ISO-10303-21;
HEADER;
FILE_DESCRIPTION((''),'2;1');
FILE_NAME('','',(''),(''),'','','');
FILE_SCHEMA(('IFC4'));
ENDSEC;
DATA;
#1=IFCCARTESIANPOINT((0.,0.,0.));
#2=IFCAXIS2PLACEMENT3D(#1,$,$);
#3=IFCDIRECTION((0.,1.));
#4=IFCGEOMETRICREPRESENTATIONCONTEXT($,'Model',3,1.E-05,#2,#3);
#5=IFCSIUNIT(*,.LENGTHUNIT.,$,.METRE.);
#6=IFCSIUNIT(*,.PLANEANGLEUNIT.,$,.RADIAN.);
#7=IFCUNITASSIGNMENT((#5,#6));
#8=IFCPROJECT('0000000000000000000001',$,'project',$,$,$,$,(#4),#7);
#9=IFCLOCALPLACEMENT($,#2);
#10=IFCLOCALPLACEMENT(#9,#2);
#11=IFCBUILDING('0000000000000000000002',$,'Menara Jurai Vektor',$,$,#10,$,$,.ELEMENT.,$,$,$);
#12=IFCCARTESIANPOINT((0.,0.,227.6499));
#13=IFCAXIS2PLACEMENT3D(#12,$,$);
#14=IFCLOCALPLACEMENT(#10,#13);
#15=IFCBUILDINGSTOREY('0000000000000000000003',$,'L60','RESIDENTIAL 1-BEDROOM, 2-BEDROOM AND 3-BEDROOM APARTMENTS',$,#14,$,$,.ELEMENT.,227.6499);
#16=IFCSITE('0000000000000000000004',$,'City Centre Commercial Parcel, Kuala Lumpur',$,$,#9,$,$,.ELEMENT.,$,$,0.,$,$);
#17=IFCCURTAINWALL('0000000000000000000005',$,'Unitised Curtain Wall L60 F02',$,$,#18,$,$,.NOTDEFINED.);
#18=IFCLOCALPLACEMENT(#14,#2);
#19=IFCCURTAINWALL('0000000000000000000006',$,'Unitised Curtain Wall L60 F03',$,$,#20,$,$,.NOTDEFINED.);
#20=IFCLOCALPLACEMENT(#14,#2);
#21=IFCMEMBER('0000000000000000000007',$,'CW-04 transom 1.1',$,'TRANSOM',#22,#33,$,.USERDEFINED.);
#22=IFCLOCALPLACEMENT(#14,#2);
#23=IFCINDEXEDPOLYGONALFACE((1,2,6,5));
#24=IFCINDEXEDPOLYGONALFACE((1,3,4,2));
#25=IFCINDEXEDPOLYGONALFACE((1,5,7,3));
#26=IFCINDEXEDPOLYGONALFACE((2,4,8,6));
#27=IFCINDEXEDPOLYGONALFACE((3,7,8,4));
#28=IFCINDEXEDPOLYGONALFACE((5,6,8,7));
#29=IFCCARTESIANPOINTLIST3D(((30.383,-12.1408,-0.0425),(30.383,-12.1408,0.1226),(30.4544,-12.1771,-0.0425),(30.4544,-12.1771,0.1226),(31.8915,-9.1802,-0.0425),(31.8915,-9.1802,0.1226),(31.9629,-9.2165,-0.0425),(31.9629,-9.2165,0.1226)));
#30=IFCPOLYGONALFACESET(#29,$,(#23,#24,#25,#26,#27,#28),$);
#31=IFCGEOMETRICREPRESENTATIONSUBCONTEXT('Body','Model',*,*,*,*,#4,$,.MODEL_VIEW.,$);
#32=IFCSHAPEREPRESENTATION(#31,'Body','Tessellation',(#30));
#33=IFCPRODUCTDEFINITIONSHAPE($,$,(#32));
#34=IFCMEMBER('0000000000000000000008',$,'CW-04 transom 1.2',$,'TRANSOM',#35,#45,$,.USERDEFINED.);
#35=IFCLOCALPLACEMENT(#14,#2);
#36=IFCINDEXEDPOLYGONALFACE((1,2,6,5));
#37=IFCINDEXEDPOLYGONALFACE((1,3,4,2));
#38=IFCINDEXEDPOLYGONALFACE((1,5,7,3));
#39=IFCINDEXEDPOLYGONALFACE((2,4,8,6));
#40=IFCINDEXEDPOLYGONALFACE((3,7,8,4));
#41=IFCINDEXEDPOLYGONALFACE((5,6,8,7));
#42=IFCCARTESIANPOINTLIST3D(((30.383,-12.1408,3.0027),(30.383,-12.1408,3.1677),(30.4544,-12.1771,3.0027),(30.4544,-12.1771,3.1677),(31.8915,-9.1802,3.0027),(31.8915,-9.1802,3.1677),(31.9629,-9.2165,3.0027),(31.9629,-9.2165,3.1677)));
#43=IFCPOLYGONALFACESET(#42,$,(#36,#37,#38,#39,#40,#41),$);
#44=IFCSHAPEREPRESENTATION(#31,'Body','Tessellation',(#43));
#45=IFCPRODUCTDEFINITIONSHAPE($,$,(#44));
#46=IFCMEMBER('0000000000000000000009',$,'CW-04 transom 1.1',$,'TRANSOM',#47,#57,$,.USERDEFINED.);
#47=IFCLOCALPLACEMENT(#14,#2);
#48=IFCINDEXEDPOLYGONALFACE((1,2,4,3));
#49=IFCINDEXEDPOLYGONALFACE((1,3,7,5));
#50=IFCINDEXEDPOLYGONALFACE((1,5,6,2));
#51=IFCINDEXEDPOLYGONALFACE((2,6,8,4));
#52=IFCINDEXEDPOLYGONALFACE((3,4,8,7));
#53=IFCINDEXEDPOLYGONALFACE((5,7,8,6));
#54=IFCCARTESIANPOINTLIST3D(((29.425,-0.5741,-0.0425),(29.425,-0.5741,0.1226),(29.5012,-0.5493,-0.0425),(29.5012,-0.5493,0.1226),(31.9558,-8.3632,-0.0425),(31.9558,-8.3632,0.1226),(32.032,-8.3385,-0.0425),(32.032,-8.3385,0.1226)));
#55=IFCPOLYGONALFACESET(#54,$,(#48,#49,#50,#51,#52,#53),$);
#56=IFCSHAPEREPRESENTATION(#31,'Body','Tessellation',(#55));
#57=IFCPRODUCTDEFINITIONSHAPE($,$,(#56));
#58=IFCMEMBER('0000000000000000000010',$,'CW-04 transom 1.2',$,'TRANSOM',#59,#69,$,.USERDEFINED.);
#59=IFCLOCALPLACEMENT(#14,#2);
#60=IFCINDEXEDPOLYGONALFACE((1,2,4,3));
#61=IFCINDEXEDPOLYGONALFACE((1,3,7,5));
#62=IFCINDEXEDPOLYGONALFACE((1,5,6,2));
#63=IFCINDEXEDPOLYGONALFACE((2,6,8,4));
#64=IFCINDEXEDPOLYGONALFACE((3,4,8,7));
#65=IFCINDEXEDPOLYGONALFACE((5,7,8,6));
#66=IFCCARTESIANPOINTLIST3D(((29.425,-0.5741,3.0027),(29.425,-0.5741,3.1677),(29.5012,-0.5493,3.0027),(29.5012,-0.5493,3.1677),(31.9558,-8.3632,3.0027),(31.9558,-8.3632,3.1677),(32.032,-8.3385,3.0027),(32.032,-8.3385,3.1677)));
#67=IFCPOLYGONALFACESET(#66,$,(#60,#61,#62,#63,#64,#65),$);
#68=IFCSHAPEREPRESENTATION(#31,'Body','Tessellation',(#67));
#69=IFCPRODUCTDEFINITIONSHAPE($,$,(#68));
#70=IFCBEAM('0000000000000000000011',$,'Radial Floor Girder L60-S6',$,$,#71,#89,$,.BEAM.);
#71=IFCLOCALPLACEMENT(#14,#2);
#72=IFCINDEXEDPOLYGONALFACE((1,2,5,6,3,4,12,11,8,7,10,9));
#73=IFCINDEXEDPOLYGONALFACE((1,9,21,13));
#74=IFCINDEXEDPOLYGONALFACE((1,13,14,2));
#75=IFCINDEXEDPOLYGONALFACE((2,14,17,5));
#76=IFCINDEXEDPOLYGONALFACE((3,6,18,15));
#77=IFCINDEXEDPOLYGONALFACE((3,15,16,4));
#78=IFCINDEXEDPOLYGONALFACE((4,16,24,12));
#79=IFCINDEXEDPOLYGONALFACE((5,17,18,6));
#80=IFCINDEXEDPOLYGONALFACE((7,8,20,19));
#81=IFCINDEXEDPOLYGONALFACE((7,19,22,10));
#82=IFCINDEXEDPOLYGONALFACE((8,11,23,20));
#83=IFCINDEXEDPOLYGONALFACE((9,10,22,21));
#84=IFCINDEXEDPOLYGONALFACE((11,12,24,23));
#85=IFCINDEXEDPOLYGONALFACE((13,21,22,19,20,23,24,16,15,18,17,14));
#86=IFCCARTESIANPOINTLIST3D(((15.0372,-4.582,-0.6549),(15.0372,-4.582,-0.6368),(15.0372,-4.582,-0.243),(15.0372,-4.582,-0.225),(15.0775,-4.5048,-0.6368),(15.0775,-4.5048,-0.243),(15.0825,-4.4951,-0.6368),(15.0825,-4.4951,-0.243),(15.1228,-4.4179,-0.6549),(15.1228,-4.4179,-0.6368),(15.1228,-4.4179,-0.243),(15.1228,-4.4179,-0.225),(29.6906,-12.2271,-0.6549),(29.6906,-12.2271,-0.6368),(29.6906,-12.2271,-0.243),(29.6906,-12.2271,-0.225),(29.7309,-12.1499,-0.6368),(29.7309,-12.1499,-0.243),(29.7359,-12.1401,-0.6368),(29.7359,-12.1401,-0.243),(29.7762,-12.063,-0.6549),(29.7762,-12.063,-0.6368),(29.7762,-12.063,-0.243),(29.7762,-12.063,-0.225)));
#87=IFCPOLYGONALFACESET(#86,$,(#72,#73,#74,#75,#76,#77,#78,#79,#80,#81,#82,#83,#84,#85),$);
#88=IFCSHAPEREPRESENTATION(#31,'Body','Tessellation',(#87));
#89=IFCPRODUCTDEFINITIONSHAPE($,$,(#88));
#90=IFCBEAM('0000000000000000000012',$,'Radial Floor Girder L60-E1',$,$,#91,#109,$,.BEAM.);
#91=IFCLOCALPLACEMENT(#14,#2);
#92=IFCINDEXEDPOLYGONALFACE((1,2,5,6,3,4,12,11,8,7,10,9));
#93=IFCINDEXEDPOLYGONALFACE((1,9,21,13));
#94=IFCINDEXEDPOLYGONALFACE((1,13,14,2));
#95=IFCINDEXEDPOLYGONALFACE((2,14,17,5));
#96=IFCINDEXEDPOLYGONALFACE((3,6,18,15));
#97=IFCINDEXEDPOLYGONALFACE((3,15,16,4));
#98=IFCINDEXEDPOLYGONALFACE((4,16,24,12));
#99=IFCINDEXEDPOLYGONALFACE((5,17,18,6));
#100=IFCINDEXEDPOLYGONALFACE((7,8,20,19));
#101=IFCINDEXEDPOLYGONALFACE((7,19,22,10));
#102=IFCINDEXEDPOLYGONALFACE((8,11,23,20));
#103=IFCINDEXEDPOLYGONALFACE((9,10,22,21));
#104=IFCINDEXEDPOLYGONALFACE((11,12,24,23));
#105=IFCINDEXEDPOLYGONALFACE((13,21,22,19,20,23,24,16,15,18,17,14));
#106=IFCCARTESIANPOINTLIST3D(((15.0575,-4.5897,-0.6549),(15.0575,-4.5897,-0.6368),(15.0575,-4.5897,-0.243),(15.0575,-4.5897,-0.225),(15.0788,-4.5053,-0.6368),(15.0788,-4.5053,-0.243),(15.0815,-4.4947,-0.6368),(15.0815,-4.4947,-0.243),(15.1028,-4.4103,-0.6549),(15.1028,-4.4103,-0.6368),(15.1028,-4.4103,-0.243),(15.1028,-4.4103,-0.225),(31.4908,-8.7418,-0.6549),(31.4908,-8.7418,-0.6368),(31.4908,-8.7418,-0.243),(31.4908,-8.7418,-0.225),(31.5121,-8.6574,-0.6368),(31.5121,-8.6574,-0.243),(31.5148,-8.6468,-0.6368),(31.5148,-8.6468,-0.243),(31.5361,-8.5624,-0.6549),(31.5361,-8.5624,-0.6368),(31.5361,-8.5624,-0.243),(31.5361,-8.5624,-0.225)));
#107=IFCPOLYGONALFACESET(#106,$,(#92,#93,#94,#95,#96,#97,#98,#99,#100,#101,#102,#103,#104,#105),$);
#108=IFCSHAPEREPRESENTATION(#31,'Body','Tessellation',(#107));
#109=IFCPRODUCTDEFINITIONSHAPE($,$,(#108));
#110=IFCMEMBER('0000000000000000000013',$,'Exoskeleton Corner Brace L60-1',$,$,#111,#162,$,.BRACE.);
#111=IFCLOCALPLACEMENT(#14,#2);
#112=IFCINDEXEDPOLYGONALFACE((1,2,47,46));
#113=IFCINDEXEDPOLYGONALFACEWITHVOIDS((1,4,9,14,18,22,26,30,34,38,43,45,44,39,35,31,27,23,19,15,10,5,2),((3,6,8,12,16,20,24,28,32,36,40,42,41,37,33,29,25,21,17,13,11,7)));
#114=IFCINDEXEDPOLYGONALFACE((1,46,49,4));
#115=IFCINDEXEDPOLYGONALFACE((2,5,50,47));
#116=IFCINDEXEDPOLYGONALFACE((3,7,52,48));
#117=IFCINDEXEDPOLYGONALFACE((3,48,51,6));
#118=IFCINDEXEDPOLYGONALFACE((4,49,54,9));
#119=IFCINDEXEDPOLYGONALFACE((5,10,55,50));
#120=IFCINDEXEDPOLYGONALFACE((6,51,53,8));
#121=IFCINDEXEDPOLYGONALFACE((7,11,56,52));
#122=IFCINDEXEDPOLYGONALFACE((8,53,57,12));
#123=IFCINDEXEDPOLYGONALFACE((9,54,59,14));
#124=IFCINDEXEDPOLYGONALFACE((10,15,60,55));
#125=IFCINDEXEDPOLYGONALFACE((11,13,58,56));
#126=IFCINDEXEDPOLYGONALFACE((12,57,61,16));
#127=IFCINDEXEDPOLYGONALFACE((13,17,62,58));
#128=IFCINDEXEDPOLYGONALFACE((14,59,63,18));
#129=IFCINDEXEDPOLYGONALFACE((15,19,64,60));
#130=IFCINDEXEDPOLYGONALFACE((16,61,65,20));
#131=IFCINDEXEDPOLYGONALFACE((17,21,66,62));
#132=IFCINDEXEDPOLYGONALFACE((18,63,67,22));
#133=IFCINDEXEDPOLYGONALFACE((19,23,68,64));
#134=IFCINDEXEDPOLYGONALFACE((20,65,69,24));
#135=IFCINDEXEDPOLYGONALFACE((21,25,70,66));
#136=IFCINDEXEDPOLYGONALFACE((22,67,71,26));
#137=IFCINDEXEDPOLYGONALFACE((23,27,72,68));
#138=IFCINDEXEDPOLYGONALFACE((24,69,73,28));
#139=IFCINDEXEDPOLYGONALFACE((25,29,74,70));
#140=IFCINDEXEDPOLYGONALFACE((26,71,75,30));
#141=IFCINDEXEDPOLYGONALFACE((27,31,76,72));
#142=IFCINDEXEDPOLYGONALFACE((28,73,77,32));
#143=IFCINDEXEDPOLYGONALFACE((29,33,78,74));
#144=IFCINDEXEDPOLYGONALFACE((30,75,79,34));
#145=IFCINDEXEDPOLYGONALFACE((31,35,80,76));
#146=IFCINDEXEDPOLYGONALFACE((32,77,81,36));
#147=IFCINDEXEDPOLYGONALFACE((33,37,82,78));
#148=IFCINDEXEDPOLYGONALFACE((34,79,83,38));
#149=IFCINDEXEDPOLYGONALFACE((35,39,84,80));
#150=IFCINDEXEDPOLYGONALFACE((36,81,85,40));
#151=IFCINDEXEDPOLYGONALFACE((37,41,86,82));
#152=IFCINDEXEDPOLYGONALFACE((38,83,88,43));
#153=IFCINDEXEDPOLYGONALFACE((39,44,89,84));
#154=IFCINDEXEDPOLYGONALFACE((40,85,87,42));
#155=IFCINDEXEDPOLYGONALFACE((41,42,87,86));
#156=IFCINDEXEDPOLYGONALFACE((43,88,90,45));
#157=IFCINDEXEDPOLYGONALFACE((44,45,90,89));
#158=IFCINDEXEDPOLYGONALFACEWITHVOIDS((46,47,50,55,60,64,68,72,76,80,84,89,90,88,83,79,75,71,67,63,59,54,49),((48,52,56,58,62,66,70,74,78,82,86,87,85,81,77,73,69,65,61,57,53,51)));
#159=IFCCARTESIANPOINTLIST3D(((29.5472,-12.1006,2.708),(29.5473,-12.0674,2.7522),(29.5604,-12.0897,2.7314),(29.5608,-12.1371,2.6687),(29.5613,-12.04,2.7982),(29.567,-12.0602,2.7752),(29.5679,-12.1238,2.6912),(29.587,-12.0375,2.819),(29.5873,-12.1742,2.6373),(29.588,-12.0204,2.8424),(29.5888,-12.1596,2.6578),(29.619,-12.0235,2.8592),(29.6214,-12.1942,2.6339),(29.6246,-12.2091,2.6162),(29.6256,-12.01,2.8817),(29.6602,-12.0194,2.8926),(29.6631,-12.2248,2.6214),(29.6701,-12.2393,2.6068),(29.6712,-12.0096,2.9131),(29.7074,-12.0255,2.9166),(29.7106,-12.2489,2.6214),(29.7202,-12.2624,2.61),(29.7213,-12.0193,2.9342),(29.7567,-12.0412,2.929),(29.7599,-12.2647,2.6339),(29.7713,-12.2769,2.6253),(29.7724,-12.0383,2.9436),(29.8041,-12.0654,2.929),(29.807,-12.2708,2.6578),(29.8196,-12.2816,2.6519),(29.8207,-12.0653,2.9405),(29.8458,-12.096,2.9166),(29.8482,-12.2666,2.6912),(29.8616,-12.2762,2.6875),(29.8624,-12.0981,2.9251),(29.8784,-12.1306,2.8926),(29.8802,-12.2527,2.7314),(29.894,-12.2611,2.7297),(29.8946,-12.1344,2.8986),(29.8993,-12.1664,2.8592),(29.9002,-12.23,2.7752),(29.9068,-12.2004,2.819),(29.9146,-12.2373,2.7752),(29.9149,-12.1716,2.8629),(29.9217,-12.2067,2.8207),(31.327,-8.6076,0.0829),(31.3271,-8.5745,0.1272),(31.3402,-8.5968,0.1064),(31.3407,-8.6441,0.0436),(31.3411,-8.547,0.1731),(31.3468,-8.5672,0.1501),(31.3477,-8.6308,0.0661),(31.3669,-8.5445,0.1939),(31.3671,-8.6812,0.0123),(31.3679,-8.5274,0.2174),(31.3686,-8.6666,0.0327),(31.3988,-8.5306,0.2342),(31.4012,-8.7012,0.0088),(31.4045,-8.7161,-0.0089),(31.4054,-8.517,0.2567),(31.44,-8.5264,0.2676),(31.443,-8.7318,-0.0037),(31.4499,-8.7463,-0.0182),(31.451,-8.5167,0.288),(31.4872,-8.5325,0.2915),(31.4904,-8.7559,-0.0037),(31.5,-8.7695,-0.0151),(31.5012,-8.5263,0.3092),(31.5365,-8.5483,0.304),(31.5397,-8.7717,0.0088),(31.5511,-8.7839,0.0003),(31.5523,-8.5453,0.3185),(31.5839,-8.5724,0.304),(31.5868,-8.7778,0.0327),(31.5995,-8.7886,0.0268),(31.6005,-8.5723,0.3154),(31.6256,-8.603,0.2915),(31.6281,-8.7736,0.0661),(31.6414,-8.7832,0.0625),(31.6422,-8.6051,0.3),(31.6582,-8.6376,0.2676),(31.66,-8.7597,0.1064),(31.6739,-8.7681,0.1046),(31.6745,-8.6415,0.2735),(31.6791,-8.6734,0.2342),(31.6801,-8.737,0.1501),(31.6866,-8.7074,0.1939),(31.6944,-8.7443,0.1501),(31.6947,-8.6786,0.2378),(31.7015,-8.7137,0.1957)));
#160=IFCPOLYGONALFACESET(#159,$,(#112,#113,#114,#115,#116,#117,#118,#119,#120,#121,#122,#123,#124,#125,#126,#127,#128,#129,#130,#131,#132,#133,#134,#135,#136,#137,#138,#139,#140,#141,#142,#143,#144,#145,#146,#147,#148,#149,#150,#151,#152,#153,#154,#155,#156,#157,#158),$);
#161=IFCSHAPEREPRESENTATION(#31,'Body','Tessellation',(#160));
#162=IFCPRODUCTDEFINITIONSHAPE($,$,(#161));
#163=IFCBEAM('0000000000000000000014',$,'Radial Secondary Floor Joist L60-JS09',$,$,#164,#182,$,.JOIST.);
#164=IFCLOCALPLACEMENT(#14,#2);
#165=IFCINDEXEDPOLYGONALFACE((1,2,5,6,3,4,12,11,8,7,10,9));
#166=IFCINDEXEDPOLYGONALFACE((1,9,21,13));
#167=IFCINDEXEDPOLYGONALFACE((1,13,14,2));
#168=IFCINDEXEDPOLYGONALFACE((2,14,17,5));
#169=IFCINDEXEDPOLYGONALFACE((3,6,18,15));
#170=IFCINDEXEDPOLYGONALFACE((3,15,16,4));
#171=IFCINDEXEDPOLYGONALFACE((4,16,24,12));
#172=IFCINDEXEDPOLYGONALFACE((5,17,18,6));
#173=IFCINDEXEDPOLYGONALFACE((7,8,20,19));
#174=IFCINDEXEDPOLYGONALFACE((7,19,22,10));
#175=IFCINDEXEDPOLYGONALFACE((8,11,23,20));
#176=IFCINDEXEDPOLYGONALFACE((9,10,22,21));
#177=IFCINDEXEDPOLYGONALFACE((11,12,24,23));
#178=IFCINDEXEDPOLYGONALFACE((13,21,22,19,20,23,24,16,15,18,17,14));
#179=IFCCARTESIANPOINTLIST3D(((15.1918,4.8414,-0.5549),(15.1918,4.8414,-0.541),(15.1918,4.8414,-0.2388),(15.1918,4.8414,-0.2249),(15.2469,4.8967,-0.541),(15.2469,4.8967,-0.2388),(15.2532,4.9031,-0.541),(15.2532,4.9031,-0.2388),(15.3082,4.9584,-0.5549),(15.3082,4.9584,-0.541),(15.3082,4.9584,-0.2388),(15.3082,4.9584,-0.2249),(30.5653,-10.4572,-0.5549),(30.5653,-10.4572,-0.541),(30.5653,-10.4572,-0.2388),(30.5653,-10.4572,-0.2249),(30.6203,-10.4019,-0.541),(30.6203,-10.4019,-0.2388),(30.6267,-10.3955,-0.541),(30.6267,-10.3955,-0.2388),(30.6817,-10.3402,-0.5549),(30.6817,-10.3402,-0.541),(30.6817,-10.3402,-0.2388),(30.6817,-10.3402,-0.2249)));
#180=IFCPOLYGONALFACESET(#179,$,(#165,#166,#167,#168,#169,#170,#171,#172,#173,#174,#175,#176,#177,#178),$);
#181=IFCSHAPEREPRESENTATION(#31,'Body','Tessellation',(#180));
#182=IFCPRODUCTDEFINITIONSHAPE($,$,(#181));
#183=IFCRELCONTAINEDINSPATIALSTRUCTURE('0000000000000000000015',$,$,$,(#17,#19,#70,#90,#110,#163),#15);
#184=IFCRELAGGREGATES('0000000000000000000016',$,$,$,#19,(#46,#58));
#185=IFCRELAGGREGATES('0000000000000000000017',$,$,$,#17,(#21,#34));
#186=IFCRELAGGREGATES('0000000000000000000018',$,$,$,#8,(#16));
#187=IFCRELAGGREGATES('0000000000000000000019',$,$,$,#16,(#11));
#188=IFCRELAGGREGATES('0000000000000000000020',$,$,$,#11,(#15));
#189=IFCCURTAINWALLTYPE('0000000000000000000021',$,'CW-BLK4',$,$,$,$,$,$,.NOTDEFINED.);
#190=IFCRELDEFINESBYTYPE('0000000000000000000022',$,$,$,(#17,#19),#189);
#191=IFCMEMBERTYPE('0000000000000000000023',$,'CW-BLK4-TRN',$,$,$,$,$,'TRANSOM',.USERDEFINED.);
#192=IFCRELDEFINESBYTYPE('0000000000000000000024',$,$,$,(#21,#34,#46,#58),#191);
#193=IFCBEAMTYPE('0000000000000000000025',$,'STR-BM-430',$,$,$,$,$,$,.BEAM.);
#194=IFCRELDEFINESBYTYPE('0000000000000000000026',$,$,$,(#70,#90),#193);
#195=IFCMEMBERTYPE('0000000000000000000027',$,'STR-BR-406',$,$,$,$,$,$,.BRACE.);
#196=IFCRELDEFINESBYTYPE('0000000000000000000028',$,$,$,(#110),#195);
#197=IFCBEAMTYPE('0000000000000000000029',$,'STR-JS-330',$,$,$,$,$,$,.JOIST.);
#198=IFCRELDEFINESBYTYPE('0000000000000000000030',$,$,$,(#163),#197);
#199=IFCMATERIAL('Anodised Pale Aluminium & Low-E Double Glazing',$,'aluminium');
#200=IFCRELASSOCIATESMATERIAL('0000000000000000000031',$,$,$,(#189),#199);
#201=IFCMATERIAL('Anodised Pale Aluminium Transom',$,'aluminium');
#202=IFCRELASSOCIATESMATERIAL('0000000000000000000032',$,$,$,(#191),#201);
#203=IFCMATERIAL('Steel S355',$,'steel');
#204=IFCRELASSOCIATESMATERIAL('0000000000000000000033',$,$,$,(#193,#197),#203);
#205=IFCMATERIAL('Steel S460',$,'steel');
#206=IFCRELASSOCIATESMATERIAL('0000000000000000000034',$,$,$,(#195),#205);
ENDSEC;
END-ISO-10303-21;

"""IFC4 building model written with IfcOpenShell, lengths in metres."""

from ifc_helpers import new_model, si_unit, direction, frame, origin, origin_2d, place, context, subcontext, project, spatial, rectangle, hollow_circle, i_section, extrude, material, material_profile, profile_set, type_object, element, aggregate, save


model = new_model("IFC4")

# Units and contexts
model_context = context("Model", 3, precision=1e-05, world=origin(), true_north=direction((0.0, 1.0)))
body_context = subcontext(model_context, "Body", "Model", "MODEL_VIEW")
ifc_project = project(units=[si_unit("LENGTHUNIT", "METRE"), si_unit("PLANEANGLEUNIT", "RADIAN")], contexts=[model_context])

# Site, building, storey
site_placement = place(None, origin())
site = spatial("IfcSite", under=ifc_project, at=site_placement, Name="City Centre Commercial Parcel, Kuala Lumpur", CompositionType="ELEMENT", RefElevation=0.0)
building_placement = place(site_placement, origin())
building = spatial("IfcBuilding", under=site, at=building_placement, Name="Menara Jurai Vektor", CompositionType="ELEMENT")
storey_placement = place(building_placement, frame((0.0, 0.0, 227.6499)))
storey = spatial("IfcBuildingStorey", under=building, at=storey_placement, Name="L60", Description="RESIDENTIAL 1-BEDROOM, 2-BEDROOM AND 3-BEDROOM APARTMENTS", CompositionType="ELEMENT", Elevation=227.6499)

# Shared definitions
ifc_material_1 = material(Name="Steel S460", Category="steel")

# Curtain wall
ifc_material_2 = material(Name="Anodised Pale Aluminium & Low-E Double Glazing", Category="aluminium")
curtain_wall_type = type_object("IfcCurtainWallType", Name="CW-BLK4", PredefinedType="NOTDEFINED", material=ifc_material_2)
curtain_wall_1_placement = place(storey_placement, origin())
curtain_wall_1 = element("IfcCurtainWall", 1, at=curtain_wall_1_placement, inside=storey, type_object=curtain_wall_type, Name="Unitised Curtain Wall L60 F02", PredefinedType="NOTDEFINED")

# Curtain wall
curtain_wall_2_placement = place(storey_placement, origin())
curtain_wall_2 = element("IfcCurtainWall", 2, at=curtain_wall_2_placement, inside=storey, type_object=curtain_wall_type, Name="Unitised Curtain Wall L60 F03", PredefinedType="NOTDEFINED")

# Members
ifc_material_3 = material(Name="Anodised Pale Aluminium Transom", Category="aluminium")
ifc_material_profile_1 = material_profile(ifc_material_3, rectangle(XDim=0.0801, YDim=0.165, at=origin_2d()), Name="ALU TRN 80x165")
ifc_profile_set_1 = profile_set([ifc_material_profile_1], Name="Anodised Pale Aluminium Transom")
member_type_1 = type_object("IfcMemberType", Name="CW-BLK4-TRN", ElementType="TRANSOM", PredefinedType="USERDEFINED", material=ifc_profile_set_1)
member_1_placement = place(storey_placement, frame((30.4187, -12.1589, 0.04), z_axis=(0.45399, 0.891007, 0.0), x_axis=(-0.891007, 0.45399, 0.0)))
member_1 = element("IfcMember", 3, at=member_1_placement, type_object=member_type_1, Name="CW-04 transom 1.1", ObjectType="TRANSOM", PredefinedType="USERDEFINED", context=body_context, shape_type="SweptSolid", body=[
    extrude(rectangle(XDim=0.0801, YDim=0.165, at=origin_2d()), origin(), (0.0, 0.0, 1.0), 3.3228),
])
member_2_placement = place(storey_placement, frame((30.4187, -12.1589, 3.0852), z_axis=(0.45399, 0.891007, 0.0), x_axis=(-0.891007, 0.45399, 0.0)))
member_2 = element("IfcMember", 4, at=member_2_placement, type_object=member_type_1, Name="CW-04 transom 1.2", ObjectType="TRANSOM", PredefinedType="USERDEFINED", context=body_context, shape_type="SweptSolid", body=[
    extrude(rectangle(XDim=0.0801, YDim=0.165, at=origin_2d()), origin(), (0.0, 0.0, 1.0), 3.3228),
])
member_3_placement = place(storey_placement, frame((31.9939, -8.3508, 0.04), z_axis=(-0.309011, 0.951059, 0.0), x_axis=(-0.951059, -0.309011, 0.0)))
member_3 = element("IfcMember", 5, at=member_3_placement, type_object=member_type_1, Name="CW-04 transom 1.1", ObjectType="TRANSOM", PredefinedType="USERDEFINED", context=body_context, shape_type="SweptSolid", body=[
    extrude(rectangle(XDim=0.0801, YDim=0.165, at=origin_2d()), origin(), (0.0, 0.0, 1.0), 8.1899),
])
member_4_placement = place(storey_placement, frame((31.9939, -8.3508, 3.0852), z_axis=(-0.309011, 0.951059, 0.0), x_axis=(-0.951059, -0.309011, 0.0)))
member_4 = element("IfcMember", 6, at=member_4_placement, type_object=member_type_1, Name="CW-04 transom 1.2", ObjectType="TRANSOM", PredefinedType="USERDEFINED", context=body_context, shape_type="SweptSolid", body=[
    extrude(rectangle(XDim=0.0801, YDim=0.165, at=origin_2d()), origin(), (0.0, 0.0, 1.0), 8.1899),
])

# Beams
ifc_material_4 = material(Name="Steel S355", Category="steel")
ifc_material_profile_2 = material_profile(ifc_material_4, i_section(OverallWidth=0.1851, OverallDepth=0.4299, WebThickness=0.011, FlangeThickness=0.0181, at=origin_2d()), Name="PG 430x185x76")
ifc_profile_set_2 = profile_set([ifc_material_profile_2], Name="Steel S355")
beam_type_1 = type_object("IfcBeamType", Name="STR-BM-430", PredefinedType="BEAM", material=ifc_profile_set_2)
beam_1_placement = place(storey_placement, frame((29.7334, -12.145, -0.4399), z_axis=(-0.88659, 0.462557, 0.0), x_axis=(-0.462557, -0.88659, 0.0)))
element("IfcBeam", 7, at=beam_1_placement, inside=storey, type_object=beam_type_1, Name="Radial Floor Girder L60-S6", PredefinedType="BEAM", context=body_context, shape_type="SweptSolid", body=[
    extrude(i_section(OverallWidth=0.1851, OverallDepth=0.4299, WebThickness=0.011, FlangeThickness=0.0181, at=origin_2d()), origin(), (0.0, 0.0, 1.0), 16.5278),
])
beam_2_placement = place(storey_placement, frame((31.5134, -8.6521, -0.4399), z_axis=(-0.969532, 0.244965, 0.0), x_axis=(-0.244965, -0.969532, 0.0)))
element("IfcBeam", 8, at=beam_2_placement, inside=storey, type_object=beam_type_1, Name="Radial Floor Girder L60-E1", PredefinedType="BEAM", context=body_context, shape_type="SweptSolid", body=[
    extrude(i_section(OverallWidth=0.1851, OverallDepth=0.4299, WebThickness=0.011, FlangeThickness=0.0181, at=origin_2d()), origin(), (0.0, 0.0, 1.0), 16.9497),
])

# Member
ifc_material_profile_3 = material_profile(ifc_material_1, hollow_circle(Radius=0.2031, WallThickness=0.0161, at=origin_2d()), Name="CHS 406.4x16")
ifc_profile_set_3 = profile_set([ifc_material_profile_3], Name="Steel S460")
member_type_2 = type_object("IfcMemberType", Name="STR-BR-406", PredefinedType="BRACE", material=ifc_profile_set_3)
member_5_placement = place(storey_placement, frame((31.5134, -8.6521, 0.1501), z_axis=(-0.37724, -0.740352, 0.556389), x_axis=(0.891001, -0.454001, 0.0)))
element("IfcMember", 9, at=member_5_placement, inside=storey, type_object=member_type_2, Name="Exoskeleton Corner Brace L60-1", PredefinedType="BRACE", context=body_context, shape_type="SweptSolid", body=[
    extrude(hollow_circle(Radius=0.2031, WallThickness=0.0161, at=origin_2d()), origin(), (0.0, 0.0, 1.0), 4.718),
])

# Beam
ifc_material_profile_4 = material_profile(ifc_material_4, i_section(OverallWidth=0.165, OverallDepth=0.3301, WebThickness=0.009, FlangeThickness=0.0139, at=origin_2d()), Name="PG 330x165x46")
ifc_profile_set_4 = profile_set([ifc_material_profile_4], Name="Steel S355")
beam_type_2 = type_object("IfcBeamType", Name="STR-JS-330", PredefinedType="JOIST", material=ifc_profile_set_4)
beam_3_placement = place(storey_placement, frame((30.6235, -10.3987, -0.3899), z_axis=(-0.708833, 0.705377, 0.0), x_axis=(-0.705377, -0.708833, 0.0)))
element("IfcBeam", 10, at=beam_3_placement, inside=storey, type_object=beam_type_2, Name="Radial Secondary Floor Joist L60-JS09", PredefinedType="JOIST", context=body_context, shape_type="SweptSolid", body=[
    extrude(i_section(OverallWidth=0.165, OverallDepth=0.3301, WebThickness=0.009, FlangeThickness=0.0139, at=origin_2d()), origin(), (0.0, 0.0, 1.0), 21.6885),
])

aggregate(curtain_wall_2, [member_3, member_4])
aggregate(curtain_wall_1, [member_1, member_2])

save(model, "model.ifc")
